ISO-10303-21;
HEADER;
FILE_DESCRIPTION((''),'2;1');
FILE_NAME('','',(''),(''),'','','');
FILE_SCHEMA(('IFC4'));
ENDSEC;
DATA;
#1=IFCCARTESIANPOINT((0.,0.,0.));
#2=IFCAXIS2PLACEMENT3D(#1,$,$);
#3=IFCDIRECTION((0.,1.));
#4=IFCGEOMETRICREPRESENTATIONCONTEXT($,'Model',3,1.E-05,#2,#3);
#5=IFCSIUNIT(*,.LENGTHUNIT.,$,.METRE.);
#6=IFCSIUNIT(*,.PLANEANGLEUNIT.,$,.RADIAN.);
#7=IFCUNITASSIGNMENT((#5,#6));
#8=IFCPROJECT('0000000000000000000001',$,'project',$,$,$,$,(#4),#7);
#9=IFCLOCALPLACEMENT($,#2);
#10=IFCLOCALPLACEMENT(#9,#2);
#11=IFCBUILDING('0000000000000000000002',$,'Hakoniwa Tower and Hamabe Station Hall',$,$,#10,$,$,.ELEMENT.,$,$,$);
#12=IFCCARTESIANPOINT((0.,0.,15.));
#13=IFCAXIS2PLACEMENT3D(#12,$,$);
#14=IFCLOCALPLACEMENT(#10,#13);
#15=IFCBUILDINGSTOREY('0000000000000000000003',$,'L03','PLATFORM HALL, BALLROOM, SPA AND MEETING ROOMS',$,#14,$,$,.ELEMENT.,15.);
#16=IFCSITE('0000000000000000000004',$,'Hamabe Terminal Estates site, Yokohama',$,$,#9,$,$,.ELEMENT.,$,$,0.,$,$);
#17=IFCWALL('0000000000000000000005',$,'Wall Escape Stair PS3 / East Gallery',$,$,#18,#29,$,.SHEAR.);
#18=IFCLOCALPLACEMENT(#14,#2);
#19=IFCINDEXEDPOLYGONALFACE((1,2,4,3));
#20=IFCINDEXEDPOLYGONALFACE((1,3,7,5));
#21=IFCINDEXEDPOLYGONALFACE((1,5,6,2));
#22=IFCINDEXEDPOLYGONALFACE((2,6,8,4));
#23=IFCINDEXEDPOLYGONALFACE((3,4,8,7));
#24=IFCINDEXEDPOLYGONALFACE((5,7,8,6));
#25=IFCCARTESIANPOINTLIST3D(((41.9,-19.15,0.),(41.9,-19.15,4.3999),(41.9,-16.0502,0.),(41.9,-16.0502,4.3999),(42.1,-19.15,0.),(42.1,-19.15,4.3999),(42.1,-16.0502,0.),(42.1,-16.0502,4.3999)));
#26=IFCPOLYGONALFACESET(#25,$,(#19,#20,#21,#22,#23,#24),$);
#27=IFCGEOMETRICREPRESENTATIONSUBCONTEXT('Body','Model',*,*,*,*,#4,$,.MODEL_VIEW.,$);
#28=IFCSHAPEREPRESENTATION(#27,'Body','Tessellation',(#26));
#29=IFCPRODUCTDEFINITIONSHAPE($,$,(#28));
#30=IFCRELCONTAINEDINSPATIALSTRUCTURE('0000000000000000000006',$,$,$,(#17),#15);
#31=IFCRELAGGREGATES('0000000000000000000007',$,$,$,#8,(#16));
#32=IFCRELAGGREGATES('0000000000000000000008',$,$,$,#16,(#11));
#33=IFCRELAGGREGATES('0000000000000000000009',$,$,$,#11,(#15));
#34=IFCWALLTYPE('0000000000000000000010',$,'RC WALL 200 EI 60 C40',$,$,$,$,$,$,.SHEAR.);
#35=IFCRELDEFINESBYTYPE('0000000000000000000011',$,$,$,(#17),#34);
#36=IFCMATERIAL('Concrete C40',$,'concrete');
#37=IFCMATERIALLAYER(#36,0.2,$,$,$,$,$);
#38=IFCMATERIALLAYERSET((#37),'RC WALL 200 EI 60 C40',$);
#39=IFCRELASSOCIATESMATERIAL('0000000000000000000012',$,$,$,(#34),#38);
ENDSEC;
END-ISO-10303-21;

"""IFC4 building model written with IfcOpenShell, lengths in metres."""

from ifc_helpers import new_model, si_unit, direction, frame, frame_2d, origin, place, context, subcontext, project, spatial, rectangle, extrude, material, layer, layer_set, type_object, element, save


model = new_model("IFC4")

# Units and contexts
model_context = context("Model", 3, precision=1e-05, world=origin(), true_north=direction((0.0, 1.0)))
body_context = subcontext(model_context, "Body", "Model", "MODEL_VIEW")
ifc_project = project(units=[si_unit("LENGTHUNIT", "METRE"), si_unit("PLANEANGLEUNIT", "RADIAN")], contexts=[model_context])

# Site, building, storey
site_placement = place(None, origin())
site = spatial("IfcSite", under=ifc_project, at=site_placement, Name="Hamabe Terminal Estates site, Yokohama", CompositionType="ELEMENT", RefElevation=0.0)
building_placement = place(site_placement, origin())
building = spatial("IfcBuilding", under=site, at=building_placement, Name="Hakoniwa Tower and Hamabe Station Hall", CompositionType="ELEMENT")
storey_placement = place(building_placement, frame((0.0, 0.0, 15.0)))
storey = spatial("IfcBuildingStorey", under=building, at=storey_placement, Name="L03", Description="PLATFORM HALL, BALLROOM, SPA AND MEETING ROOMS", CompositionType="ELEMENT", Elevation=15.0)

# Shared definitions
ifc_material_1 = material(Name="Concrete C40", Category="concrete")
ifc_layer_1 = layer(ifc_material_1, 0.2)
ifc_layer_set_1 = layer_set([ifc_layer_1], Name="RC WALL 200 EI 60 C40")
wall_type_1 = type_object("IfcWallType", Name="RC WALL 200 EI 60 C40", PredefinedType="SHEAR", material=ifc_layer_set_1)

# Wall
wall_1_placement = place(storey_placement, frame((42.0, -19.1499, 0.0), z_axis=(0.0, 0.0, 1.0), x_axis=(0.0, 1.0, 0.0)))
element("IfcWall", 1, at=wall_1_placement, inside=storey, type_object=wall_type_1, Name="Wall Escape Stair PS3 / East Gallery", PredefinedType="SHEAR", context=body_context, shape_type="SweptSolid", body=[
    extrude(rectangle(XDim=3.0999, YDim=0.2, at=frame_2d((1.5498, 0.0))), origin(), (0.0, 0.0, 1.0), 4.3999),
])

save(model, "model.ifc")
